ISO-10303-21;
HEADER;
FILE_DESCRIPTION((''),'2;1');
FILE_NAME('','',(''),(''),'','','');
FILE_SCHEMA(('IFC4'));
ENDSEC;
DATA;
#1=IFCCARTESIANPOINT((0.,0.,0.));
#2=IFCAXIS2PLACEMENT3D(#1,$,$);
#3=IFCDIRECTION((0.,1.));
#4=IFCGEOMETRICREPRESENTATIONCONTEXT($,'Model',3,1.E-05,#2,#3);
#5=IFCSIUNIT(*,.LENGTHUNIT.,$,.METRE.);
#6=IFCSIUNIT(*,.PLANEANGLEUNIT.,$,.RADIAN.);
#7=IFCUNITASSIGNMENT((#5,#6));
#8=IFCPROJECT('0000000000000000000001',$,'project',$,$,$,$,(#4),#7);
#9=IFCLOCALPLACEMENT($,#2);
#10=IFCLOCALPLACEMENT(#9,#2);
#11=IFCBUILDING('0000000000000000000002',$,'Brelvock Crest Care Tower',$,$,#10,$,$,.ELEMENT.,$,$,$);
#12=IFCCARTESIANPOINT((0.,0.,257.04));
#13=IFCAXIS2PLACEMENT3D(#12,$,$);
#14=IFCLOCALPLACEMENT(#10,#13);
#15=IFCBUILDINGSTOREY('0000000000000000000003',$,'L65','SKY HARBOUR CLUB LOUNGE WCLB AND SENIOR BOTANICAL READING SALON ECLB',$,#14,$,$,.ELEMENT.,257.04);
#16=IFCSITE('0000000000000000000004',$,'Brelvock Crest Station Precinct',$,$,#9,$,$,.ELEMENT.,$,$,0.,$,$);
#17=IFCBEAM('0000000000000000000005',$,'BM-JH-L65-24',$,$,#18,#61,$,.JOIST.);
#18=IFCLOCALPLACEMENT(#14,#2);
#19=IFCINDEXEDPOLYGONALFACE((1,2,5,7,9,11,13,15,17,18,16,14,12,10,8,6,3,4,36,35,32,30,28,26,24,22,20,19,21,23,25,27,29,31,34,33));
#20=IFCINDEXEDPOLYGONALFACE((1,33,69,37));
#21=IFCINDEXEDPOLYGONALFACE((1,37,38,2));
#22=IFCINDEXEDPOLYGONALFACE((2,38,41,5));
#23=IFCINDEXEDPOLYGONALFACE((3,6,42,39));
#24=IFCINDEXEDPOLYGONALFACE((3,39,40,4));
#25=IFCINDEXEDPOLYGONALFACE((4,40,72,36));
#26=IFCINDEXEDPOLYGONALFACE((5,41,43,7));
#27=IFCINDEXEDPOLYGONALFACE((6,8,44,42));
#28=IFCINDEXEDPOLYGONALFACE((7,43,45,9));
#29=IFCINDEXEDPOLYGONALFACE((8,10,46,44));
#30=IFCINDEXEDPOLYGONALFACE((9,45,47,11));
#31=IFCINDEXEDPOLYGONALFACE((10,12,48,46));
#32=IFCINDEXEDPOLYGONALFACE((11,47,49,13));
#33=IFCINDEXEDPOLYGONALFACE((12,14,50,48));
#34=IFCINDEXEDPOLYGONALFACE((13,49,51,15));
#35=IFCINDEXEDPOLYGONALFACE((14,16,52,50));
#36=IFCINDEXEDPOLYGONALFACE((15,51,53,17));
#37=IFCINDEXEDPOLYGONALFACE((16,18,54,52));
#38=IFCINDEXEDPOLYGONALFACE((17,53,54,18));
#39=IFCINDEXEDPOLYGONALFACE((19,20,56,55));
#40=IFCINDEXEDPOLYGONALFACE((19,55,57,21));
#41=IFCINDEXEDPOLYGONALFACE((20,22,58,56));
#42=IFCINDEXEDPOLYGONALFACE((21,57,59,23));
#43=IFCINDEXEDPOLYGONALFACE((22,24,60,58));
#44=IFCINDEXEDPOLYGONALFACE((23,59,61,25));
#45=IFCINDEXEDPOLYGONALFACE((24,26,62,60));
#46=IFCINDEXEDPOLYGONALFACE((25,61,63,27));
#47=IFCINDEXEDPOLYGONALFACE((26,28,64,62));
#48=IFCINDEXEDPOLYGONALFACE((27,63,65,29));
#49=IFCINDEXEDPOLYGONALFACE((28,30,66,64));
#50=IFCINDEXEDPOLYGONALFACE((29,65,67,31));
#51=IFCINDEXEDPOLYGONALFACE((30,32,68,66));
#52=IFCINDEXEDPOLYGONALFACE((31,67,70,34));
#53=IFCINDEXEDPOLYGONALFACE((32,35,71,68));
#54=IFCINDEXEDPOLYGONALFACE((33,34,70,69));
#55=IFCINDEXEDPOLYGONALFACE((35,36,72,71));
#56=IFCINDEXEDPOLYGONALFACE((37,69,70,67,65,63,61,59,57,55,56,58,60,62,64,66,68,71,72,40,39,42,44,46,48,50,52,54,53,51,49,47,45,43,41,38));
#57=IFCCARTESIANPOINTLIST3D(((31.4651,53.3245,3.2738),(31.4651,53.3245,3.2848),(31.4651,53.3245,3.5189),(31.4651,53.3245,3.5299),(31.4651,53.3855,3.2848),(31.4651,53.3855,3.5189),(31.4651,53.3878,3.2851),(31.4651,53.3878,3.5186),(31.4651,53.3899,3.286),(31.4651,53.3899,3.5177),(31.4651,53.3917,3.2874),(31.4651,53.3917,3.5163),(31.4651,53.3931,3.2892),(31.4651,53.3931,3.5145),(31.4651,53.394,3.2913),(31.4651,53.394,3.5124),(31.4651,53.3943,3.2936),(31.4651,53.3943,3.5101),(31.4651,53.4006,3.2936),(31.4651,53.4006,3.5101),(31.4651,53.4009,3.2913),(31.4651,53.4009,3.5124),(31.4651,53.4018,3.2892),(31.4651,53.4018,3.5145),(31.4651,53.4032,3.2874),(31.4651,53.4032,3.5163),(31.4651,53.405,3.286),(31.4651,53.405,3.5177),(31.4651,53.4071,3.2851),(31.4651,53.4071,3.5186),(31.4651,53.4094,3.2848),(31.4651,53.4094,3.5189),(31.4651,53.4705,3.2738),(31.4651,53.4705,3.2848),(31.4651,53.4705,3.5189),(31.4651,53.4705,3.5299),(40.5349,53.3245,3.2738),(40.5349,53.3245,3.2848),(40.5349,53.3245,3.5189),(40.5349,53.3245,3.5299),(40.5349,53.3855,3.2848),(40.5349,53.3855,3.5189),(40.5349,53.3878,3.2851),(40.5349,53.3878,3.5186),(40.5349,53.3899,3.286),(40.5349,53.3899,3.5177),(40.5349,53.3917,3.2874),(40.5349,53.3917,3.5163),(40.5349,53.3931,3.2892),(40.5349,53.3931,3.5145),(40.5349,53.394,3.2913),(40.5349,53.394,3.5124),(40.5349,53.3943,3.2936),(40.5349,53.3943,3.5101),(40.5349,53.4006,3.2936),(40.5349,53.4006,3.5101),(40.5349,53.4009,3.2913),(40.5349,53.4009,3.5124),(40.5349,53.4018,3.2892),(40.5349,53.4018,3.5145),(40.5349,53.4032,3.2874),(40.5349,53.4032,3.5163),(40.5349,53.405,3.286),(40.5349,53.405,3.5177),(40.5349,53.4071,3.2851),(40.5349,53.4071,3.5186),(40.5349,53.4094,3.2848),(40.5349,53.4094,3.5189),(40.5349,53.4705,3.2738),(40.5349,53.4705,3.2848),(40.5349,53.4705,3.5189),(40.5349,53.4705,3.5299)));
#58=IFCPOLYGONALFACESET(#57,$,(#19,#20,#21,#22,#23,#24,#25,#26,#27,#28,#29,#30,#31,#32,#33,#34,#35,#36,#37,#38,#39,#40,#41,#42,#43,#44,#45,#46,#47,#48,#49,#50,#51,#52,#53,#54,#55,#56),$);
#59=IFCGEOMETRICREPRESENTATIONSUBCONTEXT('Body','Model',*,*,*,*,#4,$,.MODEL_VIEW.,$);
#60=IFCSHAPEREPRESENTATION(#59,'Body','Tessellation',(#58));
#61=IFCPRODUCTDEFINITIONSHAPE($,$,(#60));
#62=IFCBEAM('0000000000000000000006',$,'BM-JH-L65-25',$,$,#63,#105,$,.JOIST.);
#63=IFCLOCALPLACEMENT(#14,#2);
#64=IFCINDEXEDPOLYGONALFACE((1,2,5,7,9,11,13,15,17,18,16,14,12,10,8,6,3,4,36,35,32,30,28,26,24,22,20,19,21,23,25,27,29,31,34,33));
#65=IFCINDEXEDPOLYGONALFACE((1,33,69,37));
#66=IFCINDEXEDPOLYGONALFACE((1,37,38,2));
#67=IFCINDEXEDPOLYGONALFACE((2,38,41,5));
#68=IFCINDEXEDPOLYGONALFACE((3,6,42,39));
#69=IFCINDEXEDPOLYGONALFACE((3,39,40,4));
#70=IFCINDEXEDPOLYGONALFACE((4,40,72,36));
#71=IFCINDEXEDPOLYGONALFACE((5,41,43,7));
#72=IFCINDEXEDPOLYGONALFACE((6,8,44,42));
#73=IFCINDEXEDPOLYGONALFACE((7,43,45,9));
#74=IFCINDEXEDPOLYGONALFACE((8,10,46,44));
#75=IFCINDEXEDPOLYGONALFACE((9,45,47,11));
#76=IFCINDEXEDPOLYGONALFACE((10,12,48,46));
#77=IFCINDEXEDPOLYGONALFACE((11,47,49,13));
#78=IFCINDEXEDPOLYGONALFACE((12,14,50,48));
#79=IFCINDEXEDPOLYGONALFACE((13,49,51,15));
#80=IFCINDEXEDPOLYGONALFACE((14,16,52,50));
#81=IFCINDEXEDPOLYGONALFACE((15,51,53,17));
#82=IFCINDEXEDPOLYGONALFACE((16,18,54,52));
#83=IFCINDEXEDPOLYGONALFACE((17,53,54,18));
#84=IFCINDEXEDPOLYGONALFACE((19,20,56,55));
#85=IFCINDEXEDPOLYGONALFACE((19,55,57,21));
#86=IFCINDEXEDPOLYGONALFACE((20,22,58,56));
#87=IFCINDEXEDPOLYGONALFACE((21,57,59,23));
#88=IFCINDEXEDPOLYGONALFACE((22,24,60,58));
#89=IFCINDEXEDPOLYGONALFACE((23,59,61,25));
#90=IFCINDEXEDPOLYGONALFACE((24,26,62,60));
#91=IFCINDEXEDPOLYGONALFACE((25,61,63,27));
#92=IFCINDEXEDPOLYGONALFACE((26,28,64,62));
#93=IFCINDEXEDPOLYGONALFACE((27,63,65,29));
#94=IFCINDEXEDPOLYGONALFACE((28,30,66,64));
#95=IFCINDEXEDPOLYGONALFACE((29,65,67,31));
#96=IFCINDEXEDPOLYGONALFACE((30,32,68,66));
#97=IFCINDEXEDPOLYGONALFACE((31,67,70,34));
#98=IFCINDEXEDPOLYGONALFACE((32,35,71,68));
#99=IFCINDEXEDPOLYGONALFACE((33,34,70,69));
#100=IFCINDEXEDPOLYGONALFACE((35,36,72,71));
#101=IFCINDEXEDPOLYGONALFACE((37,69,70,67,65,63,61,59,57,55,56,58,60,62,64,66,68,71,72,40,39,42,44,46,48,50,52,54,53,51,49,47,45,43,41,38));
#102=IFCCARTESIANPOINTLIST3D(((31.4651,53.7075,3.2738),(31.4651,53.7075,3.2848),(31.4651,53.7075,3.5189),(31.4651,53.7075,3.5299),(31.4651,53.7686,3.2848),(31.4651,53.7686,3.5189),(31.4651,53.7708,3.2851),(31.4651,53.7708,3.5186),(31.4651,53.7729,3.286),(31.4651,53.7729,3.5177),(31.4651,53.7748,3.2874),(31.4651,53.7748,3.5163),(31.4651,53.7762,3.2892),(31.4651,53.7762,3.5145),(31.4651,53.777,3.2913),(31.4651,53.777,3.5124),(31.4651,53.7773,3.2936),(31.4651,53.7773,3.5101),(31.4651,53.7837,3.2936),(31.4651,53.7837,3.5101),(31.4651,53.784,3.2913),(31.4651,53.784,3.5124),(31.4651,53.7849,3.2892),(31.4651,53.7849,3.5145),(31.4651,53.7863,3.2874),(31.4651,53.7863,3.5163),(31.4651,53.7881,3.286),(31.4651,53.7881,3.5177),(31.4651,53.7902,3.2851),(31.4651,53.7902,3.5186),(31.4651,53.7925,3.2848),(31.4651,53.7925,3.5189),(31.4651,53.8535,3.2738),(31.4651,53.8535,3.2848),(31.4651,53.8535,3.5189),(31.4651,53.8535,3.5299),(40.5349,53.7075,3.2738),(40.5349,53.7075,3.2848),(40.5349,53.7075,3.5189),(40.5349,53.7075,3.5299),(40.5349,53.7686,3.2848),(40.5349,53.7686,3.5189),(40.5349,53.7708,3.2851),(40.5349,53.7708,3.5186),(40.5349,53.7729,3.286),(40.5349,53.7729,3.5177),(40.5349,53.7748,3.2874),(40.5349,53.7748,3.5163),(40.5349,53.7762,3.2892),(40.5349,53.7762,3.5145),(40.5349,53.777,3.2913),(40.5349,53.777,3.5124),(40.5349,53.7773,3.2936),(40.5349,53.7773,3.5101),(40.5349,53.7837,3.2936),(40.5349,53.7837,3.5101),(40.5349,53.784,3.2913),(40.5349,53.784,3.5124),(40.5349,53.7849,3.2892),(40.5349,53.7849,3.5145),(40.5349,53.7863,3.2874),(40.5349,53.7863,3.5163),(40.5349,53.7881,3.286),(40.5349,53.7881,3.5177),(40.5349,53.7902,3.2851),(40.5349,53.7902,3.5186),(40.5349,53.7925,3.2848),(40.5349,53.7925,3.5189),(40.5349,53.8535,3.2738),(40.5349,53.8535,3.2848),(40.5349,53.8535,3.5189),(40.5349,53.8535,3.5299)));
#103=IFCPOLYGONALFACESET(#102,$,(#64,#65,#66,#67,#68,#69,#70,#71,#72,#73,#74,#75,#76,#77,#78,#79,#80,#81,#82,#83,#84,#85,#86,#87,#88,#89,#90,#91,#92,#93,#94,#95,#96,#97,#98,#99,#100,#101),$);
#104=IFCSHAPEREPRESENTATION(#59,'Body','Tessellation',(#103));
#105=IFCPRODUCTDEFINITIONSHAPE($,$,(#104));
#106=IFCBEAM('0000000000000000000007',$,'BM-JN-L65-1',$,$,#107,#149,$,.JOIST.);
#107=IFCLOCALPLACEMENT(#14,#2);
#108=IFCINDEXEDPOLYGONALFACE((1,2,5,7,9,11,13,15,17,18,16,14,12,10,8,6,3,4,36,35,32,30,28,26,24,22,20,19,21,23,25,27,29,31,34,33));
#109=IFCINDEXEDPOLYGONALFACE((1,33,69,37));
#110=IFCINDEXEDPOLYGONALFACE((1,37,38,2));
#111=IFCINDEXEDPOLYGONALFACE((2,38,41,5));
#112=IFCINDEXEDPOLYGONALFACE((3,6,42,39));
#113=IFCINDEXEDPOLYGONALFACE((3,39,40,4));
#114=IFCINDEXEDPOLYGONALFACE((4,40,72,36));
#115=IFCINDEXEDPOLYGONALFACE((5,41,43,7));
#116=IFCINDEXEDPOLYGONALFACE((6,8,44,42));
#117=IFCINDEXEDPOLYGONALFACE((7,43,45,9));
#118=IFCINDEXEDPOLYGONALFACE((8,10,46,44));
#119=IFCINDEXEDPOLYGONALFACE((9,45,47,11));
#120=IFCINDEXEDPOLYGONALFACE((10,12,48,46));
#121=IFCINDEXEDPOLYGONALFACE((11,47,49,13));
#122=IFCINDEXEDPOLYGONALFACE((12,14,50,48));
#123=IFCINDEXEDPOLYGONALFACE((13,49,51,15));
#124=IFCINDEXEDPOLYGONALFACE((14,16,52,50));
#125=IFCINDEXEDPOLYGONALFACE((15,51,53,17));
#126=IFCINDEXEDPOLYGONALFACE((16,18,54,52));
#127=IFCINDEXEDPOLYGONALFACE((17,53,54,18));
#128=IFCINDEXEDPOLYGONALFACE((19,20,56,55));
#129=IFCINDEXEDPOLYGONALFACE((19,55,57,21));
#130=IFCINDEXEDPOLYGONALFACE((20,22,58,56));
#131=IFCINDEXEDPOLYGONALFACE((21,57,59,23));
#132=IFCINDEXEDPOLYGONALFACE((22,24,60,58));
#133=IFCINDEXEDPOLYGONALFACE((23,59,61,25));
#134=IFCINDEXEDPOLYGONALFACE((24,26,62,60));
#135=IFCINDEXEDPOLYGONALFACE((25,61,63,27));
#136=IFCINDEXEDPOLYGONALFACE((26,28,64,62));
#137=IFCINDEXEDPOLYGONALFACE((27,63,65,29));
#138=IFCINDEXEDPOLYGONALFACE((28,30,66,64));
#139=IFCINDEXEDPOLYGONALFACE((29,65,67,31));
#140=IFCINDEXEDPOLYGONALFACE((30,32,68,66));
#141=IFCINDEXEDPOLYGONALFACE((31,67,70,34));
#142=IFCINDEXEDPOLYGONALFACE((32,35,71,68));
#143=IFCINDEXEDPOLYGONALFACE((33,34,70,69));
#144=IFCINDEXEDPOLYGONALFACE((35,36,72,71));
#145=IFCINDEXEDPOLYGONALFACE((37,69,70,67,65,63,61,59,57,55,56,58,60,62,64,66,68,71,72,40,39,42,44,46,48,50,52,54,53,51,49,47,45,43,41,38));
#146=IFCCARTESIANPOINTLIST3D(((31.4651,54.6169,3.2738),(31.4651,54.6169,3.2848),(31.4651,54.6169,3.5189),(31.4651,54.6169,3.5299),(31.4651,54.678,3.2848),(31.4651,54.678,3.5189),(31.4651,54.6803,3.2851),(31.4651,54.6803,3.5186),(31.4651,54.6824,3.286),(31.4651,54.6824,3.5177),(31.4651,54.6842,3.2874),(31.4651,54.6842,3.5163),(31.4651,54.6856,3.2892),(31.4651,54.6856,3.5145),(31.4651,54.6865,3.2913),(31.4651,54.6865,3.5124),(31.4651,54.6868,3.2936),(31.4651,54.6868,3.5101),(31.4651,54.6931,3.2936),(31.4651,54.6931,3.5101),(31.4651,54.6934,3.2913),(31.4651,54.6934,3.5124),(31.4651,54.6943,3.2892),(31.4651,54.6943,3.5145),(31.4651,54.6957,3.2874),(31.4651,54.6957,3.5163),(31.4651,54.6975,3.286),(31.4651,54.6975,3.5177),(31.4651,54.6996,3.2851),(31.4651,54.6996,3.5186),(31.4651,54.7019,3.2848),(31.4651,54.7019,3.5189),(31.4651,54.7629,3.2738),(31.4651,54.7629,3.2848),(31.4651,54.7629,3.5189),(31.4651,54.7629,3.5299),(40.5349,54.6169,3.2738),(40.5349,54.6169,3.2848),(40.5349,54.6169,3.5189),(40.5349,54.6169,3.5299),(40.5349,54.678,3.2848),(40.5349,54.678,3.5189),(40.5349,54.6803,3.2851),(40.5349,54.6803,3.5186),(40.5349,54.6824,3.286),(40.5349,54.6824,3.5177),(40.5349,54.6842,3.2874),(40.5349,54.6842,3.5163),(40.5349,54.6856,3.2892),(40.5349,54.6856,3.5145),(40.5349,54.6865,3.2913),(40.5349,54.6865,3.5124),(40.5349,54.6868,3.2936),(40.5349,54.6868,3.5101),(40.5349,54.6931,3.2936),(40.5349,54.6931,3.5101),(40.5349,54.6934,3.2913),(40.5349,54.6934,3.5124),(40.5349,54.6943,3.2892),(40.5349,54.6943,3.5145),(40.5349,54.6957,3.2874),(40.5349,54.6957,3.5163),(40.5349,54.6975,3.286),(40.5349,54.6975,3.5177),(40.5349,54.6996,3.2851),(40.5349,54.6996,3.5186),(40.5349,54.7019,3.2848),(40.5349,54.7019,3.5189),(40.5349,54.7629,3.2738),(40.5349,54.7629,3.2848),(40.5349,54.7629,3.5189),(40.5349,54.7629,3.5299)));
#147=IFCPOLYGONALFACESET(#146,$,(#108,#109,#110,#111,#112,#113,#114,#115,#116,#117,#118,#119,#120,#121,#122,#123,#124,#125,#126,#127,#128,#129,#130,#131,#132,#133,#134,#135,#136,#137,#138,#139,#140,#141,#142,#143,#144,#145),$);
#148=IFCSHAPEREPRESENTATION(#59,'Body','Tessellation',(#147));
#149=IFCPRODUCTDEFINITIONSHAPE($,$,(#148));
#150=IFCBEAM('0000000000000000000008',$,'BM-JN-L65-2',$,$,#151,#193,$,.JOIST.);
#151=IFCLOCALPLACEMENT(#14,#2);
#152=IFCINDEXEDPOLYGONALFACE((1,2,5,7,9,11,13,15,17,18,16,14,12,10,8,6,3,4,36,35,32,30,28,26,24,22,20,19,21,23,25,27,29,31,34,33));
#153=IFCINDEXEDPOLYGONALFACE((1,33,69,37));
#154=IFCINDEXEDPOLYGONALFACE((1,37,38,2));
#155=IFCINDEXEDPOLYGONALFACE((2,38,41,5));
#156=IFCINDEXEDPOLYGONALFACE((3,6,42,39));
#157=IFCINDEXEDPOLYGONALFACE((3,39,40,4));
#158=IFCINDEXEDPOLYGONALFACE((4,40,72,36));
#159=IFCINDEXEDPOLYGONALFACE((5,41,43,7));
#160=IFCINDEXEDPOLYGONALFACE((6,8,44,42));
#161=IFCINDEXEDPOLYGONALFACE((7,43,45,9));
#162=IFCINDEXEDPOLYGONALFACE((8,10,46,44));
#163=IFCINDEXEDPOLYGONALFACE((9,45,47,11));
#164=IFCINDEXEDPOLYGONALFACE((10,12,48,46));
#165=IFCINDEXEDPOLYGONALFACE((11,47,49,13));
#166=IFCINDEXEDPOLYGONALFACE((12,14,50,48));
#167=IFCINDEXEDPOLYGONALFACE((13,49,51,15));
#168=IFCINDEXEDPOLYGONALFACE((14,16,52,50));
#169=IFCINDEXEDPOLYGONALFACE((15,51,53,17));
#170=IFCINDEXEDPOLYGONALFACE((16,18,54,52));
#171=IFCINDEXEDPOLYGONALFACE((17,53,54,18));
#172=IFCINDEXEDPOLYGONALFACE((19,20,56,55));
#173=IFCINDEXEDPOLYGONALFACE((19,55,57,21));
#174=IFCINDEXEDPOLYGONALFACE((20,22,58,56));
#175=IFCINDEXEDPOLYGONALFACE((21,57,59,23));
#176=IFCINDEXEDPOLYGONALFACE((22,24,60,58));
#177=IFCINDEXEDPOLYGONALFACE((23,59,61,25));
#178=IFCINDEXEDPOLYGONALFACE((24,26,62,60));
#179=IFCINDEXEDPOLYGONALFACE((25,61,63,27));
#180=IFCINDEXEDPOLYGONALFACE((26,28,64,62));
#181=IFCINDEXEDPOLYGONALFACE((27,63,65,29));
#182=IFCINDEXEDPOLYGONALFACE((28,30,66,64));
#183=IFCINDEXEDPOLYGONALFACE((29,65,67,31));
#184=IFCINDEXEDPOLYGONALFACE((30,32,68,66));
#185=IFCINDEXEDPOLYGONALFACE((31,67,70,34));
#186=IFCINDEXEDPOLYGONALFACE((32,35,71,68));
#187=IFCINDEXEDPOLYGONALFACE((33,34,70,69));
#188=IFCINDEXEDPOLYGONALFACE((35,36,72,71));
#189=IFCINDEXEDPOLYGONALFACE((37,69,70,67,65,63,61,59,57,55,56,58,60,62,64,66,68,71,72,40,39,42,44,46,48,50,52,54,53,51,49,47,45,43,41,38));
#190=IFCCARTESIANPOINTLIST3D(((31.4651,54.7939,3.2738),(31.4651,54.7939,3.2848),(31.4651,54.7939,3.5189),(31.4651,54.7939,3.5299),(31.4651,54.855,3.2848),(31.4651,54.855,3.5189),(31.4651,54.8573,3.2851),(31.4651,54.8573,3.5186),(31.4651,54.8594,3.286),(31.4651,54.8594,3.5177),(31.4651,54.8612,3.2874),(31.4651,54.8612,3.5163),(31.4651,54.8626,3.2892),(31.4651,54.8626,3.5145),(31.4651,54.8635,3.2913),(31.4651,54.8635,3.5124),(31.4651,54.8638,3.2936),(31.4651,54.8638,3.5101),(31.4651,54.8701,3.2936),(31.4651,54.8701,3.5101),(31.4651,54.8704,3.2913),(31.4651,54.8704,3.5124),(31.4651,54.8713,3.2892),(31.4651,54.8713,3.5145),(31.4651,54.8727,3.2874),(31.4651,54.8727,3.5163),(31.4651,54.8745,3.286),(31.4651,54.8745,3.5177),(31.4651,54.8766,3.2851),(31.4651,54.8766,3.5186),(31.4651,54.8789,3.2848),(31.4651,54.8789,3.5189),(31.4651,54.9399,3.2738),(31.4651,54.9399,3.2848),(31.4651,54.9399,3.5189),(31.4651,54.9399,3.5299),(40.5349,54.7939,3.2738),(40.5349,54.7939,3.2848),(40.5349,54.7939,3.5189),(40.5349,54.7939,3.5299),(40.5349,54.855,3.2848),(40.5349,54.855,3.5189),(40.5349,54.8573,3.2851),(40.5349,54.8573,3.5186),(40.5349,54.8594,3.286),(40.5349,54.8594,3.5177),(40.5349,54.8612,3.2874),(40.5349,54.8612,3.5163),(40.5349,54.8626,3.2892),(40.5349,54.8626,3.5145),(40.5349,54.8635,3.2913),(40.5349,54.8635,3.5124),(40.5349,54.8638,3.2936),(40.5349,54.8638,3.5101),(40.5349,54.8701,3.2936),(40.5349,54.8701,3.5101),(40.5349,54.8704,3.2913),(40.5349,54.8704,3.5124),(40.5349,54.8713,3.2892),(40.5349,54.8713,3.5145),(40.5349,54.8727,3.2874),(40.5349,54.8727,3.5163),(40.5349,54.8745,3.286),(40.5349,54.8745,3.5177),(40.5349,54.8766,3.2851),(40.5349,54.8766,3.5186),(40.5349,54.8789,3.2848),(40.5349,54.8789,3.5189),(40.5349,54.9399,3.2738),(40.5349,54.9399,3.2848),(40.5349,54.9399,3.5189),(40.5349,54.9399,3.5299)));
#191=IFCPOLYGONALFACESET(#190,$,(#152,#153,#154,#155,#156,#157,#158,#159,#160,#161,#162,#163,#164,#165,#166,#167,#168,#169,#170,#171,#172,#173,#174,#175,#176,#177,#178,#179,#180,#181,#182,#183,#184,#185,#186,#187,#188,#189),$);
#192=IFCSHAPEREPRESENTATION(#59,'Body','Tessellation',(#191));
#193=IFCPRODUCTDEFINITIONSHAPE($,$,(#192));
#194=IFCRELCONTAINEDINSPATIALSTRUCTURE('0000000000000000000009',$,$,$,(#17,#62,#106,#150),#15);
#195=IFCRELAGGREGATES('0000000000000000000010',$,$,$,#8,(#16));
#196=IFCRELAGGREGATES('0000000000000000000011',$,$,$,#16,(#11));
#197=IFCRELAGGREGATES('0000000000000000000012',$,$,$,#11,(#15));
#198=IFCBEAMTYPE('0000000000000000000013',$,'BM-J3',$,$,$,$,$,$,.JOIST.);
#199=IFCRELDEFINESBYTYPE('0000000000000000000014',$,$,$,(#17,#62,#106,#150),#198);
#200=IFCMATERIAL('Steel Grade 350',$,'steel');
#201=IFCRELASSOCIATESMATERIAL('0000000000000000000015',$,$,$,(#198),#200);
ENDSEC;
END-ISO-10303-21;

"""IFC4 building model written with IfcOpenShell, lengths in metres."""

from ifc_helpers import new_model, si_unit, direction, frame, origin, origin_2d, place, context, subcontext, project, spatial, i_section, extrude, source, transform, mapped, material, material_profile, profile_set, type_object, element, save


model = new_model("IFC4")

# Units and contexts
model_context = context("Model", 3, precision=1e-05, world=origin(), true_north=direction((0.0, 1.0)))
body_context = subcontext(model_context, "Body", "Model", "MODEL_VIEW")
ifc_project = project(units=[si_unit("LENGTHUNIT", "METRE"), si_unit("PLANEANGLEUNIT", "RADIAN")], contexts=[model_context])

# Site, building, storey
site_placement = place(None, origin())
site = spatial("IfcSite", under=ifc_project, at=site_placement, Name="Brelvock Crest Station Precinct", CompositionType="ELEMENT", RefElevation=0.0)
building_placement = place(site_placement, origin())
building = spatial("IfcBuilding", under=site, at=building_placement, Name="Brelvock Crest Care Tower", CompositionType="ELEMENT")
storey_placement = place(building_placement, frame((0.0, 0.0, 257.04)))
storey = spatial("IfcBuildingStorey", under=building, at=storey_placement, Name="L65", Description="SKY HARBOUR CLUB LOUNGE WCLB AND SENIOR BOTANICAL READING SALON ECLB", CompositionType="ELEMENT", Elevation=257.04)

# Shared definitions
ifc_material_1 = material(Name="Steel Grade 350", Category="steel")

# Beams
ifc_material_profile_1 = material_profile(ifc_material_1, i_section(OverallWidth=0.146, OverallDepth=0.2561, WebThickness=0.0063, FlangeThickness=0.011, FilletRadius=0.0088, at=origin_2d()), Name="250UB37.3")
ifc_profile_set_1 = profile_set([ifc_material_profile_1], Name="Steel Grade 350")
beam_type_1 = type_object("IfcBeamType", Name="BM-J3", PredefinedType="JOIST", material=ifc_profile_set_1)
shared_shape_1 = source(origin(), body_context, "Body", "SweptSolid", [
    extrude(i_section(OverallWidth=0.146, OverallDepth=0.2561, WebThickness=0.0063, FlangeThickness=0.011, FilletRadius=0.0088, at=origin_2d()), origin(), (0.0, 0.0, 1.0), 9.0698),
])
for number, where, z_axis, x_axis, name in (
    (1, (31.4651, 53.3975, 3.4019), (1.0, 0.0, 0.0), (0.0, 1.0, 0.0), "BM-JH-L65-24"),
    (2, (31.4651, 53.7805, 3.4019), (1.0, 0.0, 0.0), (0.0, 1.0, 0.0), "BM-JH-L65-25"),
    (3, (31.4651, 54.6899, 3.4019), (1.0, 0.0, 0.0), (0.0, 1.0, 0.0), "BM-JN-L65-1"),
    (4, (31.4651, 54.8669, 3.4019), (1.0, 0.0, 0.0), (0.0, 1.0, 0.0), "BM-JN-L65-2"),
):
    element("IfcBeam", number, at=place(storey_placement, frame(where, z_axis=z_axis, x_axis=x_axis)), inside=storey, type_object=beam_type_1, Name=name, PredefinedType="JOIST", context=body_context, shape_type="MappedRepresentation", body=[
        mapped(shared_shape_1, transform((0.0, 0.0, 0.0), x_axis=(1.0, 0.0, 0.0), y_axis=(0.0, 1.0, 0.0), z_axis=(0.0, 0.0, 1.0), scale=1.0)),
    ])

save(model, "model.ifc")
